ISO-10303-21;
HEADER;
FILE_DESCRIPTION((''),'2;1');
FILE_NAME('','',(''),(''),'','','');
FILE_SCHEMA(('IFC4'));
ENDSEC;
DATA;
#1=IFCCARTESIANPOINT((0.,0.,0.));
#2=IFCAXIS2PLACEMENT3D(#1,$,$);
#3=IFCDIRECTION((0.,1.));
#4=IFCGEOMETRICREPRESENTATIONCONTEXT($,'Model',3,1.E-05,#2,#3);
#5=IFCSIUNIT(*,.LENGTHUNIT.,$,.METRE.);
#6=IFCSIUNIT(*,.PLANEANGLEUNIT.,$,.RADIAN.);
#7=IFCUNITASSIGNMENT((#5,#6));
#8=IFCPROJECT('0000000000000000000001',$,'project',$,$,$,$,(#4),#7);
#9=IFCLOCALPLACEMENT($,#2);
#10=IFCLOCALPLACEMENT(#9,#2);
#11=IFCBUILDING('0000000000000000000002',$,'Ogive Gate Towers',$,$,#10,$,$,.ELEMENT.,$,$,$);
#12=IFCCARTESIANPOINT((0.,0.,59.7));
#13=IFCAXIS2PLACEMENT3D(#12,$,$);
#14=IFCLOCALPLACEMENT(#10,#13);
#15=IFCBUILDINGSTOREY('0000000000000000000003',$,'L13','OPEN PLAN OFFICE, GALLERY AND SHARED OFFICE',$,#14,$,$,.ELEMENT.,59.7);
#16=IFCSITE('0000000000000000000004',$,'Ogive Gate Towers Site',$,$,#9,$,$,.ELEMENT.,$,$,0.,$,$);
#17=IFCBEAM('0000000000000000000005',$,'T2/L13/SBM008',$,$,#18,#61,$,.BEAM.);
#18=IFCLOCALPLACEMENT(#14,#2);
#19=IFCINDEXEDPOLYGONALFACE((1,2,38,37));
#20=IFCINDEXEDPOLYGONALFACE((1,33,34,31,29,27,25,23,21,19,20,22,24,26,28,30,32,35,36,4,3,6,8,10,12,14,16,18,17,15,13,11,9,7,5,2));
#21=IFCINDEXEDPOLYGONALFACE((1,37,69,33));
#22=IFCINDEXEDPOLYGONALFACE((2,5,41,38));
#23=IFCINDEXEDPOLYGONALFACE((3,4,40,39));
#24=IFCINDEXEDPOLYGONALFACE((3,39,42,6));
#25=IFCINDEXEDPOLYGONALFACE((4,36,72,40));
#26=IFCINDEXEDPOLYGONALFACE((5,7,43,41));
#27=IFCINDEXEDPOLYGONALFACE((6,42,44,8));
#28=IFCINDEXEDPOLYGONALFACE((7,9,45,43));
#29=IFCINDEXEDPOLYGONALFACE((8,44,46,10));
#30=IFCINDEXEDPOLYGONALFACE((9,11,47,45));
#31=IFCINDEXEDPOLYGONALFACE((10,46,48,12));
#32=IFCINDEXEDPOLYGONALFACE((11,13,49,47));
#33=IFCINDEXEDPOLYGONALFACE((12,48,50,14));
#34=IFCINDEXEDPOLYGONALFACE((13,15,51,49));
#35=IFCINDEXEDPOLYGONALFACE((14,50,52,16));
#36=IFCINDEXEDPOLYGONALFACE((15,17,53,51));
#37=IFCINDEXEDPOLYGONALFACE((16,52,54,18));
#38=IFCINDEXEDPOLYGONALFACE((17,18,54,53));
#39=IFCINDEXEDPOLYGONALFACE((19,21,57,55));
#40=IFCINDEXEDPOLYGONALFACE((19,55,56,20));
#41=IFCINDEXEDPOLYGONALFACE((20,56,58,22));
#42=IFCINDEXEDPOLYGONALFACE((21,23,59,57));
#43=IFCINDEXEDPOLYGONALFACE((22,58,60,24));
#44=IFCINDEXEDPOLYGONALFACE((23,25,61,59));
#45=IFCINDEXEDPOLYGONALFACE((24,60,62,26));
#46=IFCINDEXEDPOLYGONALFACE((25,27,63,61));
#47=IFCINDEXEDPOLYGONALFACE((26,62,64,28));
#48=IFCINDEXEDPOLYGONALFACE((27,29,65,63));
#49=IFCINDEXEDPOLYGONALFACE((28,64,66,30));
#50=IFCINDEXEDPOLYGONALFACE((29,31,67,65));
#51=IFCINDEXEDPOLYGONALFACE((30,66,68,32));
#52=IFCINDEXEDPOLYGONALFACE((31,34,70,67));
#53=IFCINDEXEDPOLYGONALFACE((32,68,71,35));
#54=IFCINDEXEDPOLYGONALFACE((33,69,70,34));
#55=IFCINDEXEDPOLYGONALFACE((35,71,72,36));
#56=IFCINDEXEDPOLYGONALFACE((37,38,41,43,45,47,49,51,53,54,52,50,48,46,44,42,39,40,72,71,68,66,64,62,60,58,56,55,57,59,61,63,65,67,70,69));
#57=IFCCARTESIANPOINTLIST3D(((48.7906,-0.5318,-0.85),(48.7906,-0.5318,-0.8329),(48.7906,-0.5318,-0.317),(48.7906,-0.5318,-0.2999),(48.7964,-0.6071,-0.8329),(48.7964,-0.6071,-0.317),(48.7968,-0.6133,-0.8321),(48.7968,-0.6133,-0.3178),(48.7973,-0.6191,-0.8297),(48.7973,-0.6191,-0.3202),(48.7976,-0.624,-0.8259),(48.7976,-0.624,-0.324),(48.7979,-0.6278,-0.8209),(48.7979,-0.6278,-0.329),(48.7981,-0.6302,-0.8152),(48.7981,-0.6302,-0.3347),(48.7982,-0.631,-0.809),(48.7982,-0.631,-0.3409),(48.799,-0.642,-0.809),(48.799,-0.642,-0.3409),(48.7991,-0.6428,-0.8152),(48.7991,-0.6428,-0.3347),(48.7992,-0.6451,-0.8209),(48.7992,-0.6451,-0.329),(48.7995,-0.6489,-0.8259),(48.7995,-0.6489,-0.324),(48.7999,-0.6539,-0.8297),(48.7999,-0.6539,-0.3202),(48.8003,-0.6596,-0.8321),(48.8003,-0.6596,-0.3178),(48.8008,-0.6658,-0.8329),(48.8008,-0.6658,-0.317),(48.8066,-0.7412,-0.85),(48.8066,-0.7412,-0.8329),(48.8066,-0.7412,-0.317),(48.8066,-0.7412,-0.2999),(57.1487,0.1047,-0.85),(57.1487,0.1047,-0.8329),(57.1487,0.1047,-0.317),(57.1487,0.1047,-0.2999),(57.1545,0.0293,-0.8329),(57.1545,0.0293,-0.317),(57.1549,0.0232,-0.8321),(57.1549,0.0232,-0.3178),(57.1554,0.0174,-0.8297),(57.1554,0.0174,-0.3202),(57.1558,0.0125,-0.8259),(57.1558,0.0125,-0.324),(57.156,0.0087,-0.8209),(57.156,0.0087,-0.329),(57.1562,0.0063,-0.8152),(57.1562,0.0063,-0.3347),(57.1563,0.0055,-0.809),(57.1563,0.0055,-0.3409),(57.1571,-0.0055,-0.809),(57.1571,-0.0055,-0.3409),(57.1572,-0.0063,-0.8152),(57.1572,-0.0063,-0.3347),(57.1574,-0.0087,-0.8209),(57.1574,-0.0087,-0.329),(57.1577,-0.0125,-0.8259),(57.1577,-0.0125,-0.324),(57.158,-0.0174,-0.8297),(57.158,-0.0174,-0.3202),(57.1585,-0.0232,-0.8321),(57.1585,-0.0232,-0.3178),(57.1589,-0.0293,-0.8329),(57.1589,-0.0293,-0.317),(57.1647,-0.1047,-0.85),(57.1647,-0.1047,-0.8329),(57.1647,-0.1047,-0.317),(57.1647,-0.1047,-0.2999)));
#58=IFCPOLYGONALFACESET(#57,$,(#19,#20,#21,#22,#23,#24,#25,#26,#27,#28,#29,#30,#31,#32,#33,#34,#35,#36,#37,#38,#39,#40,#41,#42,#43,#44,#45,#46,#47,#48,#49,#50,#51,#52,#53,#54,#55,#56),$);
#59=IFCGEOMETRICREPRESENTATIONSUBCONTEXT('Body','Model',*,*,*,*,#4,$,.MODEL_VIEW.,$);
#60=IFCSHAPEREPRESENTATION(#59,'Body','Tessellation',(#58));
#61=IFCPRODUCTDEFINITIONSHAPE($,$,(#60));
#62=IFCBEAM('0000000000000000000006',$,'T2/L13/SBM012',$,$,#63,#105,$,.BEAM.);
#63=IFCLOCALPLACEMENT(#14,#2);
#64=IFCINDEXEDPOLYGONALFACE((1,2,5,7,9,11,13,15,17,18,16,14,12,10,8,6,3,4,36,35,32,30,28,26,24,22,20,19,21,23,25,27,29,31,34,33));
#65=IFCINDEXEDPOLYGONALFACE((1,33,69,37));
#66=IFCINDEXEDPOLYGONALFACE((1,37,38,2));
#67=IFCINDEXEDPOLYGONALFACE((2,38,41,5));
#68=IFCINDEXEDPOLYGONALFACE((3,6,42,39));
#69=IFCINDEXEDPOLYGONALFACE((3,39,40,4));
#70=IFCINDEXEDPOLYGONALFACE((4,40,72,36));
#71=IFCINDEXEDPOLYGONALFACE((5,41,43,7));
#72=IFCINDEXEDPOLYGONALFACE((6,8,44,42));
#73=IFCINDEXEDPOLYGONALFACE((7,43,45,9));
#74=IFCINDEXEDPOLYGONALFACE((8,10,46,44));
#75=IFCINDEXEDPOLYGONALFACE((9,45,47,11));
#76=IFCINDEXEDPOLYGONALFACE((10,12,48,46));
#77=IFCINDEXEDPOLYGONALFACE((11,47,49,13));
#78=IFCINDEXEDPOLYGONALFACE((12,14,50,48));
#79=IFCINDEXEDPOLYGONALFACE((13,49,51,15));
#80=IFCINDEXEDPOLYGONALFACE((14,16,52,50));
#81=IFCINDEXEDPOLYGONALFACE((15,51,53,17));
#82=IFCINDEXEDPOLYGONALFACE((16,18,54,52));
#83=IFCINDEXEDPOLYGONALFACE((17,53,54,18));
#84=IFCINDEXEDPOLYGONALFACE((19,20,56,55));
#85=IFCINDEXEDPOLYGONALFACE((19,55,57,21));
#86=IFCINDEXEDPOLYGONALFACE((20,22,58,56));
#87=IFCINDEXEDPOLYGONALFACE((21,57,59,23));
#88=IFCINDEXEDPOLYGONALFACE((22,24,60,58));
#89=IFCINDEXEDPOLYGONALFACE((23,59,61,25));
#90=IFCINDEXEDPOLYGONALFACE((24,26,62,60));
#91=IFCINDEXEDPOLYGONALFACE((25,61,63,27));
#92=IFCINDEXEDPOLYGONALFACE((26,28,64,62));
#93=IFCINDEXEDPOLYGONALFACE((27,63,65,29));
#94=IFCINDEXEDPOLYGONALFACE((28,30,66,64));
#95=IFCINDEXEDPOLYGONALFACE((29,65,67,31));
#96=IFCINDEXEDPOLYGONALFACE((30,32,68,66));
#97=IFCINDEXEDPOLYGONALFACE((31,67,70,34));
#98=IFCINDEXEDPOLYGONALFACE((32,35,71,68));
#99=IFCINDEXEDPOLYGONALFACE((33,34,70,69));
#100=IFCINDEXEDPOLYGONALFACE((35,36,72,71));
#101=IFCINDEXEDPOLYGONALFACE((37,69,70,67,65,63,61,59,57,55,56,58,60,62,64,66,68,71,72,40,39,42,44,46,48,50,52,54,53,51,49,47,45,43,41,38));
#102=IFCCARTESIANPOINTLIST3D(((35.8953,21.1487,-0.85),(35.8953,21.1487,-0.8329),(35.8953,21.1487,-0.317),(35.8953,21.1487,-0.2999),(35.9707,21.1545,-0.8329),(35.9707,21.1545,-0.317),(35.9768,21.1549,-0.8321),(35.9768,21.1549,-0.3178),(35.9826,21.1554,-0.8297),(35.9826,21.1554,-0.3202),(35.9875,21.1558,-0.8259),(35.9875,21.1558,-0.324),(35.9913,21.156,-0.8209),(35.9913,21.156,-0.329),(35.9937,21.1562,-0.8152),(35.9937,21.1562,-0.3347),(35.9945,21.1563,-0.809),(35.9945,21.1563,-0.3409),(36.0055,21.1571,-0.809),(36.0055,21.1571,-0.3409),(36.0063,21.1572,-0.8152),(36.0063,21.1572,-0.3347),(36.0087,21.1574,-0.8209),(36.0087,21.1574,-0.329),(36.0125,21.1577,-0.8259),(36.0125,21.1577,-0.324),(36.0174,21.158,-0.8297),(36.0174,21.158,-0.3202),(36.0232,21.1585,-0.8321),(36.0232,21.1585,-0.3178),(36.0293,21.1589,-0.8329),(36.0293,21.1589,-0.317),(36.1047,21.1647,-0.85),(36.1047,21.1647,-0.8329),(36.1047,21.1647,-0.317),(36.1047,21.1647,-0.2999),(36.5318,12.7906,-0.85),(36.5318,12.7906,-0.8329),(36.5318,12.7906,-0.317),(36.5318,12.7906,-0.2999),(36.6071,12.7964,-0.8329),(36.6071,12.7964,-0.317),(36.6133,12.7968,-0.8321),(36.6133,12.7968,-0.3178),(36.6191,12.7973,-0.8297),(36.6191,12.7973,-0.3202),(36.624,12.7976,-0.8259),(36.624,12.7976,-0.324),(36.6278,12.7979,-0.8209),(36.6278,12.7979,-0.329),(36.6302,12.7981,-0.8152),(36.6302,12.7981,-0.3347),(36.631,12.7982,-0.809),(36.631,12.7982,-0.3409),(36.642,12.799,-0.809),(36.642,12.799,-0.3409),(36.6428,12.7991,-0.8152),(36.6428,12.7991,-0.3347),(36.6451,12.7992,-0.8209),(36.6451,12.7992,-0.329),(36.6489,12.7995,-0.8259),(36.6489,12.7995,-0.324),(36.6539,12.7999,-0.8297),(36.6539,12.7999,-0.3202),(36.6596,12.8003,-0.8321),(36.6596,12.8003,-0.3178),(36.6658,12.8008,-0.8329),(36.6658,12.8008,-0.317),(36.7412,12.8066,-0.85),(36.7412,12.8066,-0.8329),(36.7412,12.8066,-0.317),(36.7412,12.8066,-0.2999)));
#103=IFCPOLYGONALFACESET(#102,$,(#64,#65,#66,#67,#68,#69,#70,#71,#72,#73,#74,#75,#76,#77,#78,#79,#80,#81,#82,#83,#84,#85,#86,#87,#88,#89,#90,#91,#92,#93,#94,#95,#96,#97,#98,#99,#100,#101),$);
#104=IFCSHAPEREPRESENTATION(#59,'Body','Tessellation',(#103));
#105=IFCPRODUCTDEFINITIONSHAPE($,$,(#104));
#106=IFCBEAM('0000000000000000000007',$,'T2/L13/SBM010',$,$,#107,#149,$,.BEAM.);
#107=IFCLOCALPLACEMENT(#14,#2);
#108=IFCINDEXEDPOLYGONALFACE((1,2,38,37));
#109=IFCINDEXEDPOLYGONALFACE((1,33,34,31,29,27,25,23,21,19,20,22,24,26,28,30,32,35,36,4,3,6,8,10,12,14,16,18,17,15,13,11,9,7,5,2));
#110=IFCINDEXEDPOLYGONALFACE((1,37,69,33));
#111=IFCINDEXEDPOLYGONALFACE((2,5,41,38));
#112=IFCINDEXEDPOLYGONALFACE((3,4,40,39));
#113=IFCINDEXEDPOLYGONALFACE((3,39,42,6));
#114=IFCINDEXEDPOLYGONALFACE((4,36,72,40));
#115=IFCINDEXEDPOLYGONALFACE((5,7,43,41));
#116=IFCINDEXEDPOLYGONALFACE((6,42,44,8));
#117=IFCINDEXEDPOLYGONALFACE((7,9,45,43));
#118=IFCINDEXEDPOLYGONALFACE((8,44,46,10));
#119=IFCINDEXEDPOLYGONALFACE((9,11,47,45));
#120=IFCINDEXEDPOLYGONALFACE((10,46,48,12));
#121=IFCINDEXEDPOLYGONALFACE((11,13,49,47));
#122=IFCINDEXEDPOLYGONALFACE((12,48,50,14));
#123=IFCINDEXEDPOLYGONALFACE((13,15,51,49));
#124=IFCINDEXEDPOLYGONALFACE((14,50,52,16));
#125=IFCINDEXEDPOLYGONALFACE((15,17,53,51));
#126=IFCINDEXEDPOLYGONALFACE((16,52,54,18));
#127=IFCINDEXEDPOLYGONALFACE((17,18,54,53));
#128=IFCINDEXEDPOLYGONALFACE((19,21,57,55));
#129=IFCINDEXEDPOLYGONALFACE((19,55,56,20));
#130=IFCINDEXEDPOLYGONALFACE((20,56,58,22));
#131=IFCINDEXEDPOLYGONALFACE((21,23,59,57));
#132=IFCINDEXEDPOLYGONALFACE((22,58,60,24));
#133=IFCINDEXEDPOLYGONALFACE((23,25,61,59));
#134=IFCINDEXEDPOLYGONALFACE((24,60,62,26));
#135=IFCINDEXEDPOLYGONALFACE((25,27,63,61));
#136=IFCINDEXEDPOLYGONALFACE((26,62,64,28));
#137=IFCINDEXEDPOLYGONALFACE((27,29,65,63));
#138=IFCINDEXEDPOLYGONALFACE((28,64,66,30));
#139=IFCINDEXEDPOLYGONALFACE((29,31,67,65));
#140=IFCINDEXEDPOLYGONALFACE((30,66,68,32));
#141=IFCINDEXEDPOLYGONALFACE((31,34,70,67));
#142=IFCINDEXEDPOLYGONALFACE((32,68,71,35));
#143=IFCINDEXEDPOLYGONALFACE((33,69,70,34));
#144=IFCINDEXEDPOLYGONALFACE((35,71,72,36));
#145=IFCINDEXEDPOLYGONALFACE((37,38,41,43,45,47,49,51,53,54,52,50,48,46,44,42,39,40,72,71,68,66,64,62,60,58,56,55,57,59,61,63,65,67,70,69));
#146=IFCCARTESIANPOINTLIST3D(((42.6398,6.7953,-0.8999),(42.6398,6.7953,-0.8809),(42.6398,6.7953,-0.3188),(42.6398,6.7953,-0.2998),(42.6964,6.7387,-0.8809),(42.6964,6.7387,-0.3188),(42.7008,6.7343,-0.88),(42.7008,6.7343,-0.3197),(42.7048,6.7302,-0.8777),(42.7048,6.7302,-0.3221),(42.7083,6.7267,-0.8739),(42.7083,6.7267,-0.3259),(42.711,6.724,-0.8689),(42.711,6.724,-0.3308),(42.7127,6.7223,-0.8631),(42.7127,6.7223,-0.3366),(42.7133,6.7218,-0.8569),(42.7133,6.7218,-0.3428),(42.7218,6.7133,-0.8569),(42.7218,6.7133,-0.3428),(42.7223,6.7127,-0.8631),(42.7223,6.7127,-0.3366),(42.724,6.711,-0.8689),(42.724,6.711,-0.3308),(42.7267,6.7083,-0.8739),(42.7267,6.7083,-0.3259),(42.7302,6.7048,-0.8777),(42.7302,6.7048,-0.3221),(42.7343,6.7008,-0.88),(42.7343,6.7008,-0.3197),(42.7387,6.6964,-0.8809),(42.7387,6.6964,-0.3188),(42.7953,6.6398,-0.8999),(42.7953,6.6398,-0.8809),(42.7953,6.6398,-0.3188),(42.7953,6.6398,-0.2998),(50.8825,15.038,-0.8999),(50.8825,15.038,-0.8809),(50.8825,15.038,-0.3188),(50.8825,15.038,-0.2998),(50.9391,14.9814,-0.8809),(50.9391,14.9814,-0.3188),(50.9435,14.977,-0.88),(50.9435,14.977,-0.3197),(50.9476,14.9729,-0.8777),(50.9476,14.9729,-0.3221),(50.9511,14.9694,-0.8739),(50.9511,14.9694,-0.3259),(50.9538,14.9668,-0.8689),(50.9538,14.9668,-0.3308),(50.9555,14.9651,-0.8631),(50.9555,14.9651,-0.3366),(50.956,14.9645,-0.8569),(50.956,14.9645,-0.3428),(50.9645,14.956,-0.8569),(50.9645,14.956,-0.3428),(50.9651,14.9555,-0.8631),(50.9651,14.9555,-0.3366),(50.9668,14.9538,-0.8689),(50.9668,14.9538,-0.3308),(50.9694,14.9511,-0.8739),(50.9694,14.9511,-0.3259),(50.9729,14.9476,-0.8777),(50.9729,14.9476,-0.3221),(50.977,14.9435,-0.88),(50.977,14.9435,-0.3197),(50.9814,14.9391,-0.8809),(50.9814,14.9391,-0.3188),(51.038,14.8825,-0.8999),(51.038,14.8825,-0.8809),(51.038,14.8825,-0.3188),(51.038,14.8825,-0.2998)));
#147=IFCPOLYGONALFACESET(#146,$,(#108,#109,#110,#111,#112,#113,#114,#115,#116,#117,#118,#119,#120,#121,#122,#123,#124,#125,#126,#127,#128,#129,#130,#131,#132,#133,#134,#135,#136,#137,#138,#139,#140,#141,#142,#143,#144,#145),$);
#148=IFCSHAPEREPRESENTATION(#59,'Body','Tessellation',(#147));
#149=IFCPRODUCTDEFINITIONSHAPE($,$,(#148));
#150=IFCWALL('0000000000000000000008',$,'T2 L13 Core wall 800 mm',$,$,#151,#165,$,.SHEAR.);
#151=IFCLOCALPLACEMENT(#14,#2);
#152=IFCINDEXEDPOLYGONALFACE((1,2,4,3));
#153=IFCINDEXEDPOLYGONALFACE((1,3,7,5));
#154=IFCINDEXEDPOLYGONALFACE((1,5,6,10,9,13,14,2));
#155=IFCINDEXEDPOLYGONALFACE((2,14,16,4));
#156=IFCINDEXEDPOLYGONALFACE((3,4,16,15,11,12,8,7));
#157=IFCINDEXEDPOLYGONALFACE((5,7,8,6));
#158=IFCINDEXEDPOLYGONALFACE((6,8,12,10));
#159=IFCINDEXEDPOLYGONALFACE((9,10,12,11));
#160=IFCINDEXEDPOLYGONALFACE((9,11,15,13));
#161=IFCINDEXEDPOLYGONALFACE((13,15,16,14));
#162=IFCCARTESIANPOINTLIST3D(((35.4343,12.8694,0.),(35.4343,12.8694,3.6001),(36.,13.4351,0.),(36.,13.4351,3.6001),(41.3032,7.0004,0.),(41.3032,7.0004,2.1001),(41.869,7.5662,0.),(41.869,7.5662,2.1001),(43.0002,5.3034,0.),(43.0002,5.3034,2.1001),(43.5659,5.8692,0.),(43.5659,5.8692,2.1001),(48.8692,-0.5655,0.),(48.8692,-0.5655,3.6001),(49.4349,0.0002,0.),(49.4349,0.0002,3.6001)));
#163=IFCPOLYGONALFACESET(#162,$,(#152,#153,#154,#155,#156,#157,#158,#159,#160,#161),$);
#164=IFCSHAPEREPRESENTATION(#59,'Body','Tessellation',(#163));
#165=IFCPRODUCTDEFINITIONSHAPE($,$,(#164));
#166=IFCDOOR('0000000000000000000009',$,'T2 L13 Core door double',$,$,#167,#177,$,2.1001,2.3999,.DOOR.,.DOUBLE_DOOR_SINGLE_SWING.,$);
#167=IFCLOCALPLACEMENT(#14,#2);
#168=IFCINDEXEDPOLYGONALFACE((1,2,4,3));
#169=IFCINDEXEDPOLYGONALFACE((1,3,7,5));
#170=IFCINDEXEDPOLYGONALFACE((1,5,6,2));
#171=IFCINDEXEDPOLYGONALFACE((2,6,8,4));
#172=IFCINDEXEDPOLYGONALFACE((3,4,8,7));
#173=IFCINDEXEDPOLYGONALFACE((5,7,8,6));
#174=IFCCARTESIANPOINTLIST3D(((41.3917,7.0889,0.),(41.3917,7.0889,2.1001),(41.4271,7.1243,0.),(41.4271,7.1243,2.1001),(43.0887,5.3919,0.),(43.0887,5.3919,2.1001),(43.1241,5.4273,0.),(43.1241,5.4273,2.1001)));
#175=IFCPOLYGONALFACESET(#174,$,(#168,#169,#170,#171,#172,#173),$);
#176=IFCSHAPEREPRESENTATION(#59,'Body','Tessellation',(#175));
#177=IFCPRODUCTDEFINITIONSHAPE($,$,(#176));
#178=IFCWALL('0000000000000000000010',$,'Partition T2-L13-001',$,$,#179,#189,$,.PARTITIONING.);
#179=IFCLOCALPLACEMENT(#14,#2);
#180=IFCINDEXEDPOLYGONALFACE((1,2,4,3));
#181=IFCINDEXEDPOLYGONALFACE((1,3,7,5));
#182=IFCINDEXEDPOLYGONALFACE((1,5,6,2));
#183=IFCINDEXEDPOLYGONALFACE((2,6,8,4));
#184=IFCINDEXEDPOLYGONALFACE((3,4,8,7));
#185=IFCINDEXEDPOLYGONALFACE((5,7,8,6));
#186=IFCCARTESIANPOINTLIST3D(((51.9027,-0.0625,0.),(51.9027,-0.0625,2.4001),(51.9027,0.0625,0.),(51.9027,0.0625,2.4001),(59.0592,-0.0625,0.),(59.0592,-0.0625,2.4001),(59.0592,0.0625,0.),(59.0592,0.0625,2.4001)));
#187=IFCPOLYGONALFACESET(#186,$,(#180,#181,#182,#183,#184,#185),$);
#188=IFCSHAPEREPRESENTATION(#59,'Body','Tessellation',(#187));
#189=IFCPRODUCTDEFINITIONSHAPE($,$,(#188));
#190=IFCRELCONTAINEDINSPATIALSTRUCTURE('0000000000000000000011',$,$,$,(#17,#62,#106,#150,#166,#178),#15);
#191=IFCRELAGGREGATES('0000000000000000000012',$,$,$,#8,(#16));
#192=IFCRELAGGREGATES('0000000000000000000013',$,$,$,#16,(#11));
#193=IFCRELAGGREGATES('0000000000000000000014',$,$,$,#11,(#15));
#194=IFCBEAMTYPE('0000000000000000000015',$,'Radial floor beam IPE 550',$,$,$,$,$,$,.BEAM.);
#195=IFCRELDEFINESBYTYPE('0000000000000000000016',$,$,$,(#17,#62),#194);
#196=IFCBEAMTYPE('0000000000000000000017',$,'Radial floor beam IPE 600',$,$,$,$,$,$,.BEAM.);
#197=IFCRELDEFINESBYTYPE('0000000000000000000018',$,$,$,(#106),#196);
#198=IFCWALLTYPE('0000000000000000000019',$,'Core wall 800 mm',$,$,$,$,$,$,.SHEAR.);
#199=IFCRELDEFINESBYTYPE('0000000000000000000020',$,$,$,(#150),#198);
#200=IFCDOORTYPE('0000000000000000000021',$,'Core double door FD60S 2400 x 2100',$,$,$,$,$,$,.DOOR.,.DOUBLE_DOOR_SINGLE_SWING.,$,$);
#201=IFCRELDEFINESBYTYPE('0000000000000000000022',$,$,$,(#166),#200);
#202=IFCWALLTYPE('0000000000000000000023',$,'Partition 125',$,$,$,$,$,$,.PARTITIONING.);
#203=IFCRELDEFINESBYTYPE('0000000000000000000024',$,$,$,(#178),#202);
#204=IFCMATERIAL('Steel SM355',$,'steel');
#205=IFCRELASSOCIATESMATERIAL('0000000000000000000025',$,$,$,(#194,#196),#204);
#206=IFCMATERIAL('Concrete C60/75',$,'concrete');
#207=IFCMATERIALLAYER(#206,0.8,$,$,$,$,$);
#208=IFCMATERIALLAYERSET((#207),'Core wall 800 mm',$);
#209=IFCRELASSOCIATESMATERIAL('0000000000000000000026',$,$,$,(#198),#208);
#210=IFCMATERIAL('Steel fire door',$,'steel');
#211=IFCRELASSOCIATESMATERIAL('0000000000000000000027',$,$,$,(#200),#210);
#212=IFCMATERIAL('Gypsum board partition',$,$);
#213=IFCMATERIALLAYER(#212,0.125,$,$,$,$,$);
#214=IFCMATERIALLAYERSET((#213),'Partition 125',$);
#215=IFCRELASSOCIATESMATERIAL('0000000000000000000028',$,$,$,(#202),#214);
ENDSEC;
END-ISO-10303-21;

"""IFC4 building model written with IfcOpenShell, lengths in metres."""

from ifc_helpers import new_model, si_unit, direction, frame, frame_2d, origin, origin_2d, place, context, subcontext, project, spatial, rectangle, i_section, extrude, material, layer, layer_set, material_profile, profile_set, type_object, element, fill, save


model = new_model("IFC4")

# Units and contexts
model_context = context("Model", 3, precision=1e-05, world=origin(), true_north=direction((0.0, 1.0)))
body_context = subcontext(model_context, "Body", "Model", "MODEL_VIEW")
ifc_project = project(units=[si_unit("LENGTHUNIT", "METRE"), si_unit("PLANEANGLEUNIT", "RADIAN")], contexts=[model_context])

# Site, building, storey
site_placement = place(None, origin())
site = spatial("IfcSite", under=ifc_project, at=site_placement, Name="Ogive Gate Towers Site", CompositionType="ELEMENT", RefElevation=0.0)
building_placement = place(site_placement, origin())
building = spatial("IfcBuilding", under=site, at=building_placement, Name="Ogive Gate Towers", CompositionType="ELEMENT")
storey_placement = place(building_placement, frame((0.0, 0.0, 59.7)))
storey = spatial("IfcBuildingStorey", under=building, at=storey_placement, Name="L13", Description="OPEN PLAN OFFICE, GALLERY AND SHARED OFFICE", CompositionType="ELEMENT", Elevation=59.7)

# Beams
ifc_material_1 = material(Name="Steel SM355", Category="steel")
ifc_material_profile_1 = material_profile(ifc_material_1, i_section(OverallWidth=0.21, OverallDepth=0.55, WebThickness=0.011, FlangeThickness=0.0171, FilletRadius=0.0239, at=origin_2d()), Name="IPE 550")
ifc_profile_set_1 = profile_set([ifc_material_profile_1], Name="Steel SM355")
beam_type_1 = type_object("IfcBeamType", Name="Radial floor beam IPE 550", PredefinedType="BEAM", material=ifc_profile_set_1)
for number, where, z_axis, x_axis, name in (
    (1, (48.7986, -0.6365, -0.575), (0.997113, 0.07593, 0.0), (-0.07593, 0.997113, 0.0), "T2/L13/SBM008"),
    (2, (36.6365, 12.7986, -0.575), (-0.07593, 0.997113, 0.0), (-0.997113, -0.07593, 0.0), "T2/L13/SBM012"),
):
    element("IfcBeam", number, at=place(storey_placement, frame(where, z_axis=z_axis, x_axis=x_axis)), inside=storey, type_object=beam_type_1, Name=name, PredefinedType="BEAM", context=body_context, shape_type="SweptSolid", body=[
        extrude(i_section(OverallWidth=0.21, OverallDepth=0.55, WebThickness=0.011, FlangeThickness=0.0171, FilletRadius=0.0239, at=origin_2d()), origin(), (0.0, 0.0, 1.0), 8.3823),
    ])
ifc_material_profile_2 = material_profile(ifc_material_1, i_section(OverallWidth=0.22, OverallDepth=0.6001, WebThickness=0.012, FlangeThickness=0.019, FilletRadius=0.0239, at=origin_2d()), Name="IPE 600")
ifc_profile_set_2 = profile_set([ifc_material_profile_2], Name="Steel SM355")
beam_type_2 = type_object("IfcBeamType", Name="Radial floor beam IPE 600", PredefinedType="BEAM", material=ifc_profile_set_2)
beam_1_placement = place(storey_placement, frame((42.7175, 6.7175, -0.5999), z_axis=(0.707107, 0.707107, 0.0), x_axis=(-0.707107, 0.707107, 0.0)))
element("IfcBeam", 3, at=beam_1_placement, inside=storey, type_object=beam_type_2, Name="T2/L13/SBM010", PredefinedType="BEAM", context=body_context, shape_type="SweptSolid", body=[
    extrude(i_section(OverallWidth=0.22, OverallDepth=0.6001, WebThickness=0.012, FlangeThickness=0.019, FilletRadius=0.0239, at=origin_2d()), origin(), (0.0, 0.0, 1.0), 11.657),
])

# Wall, opening, door
ifc_material_2 = material(Name="Concrete C60/75", Category="concrete")
ifc_layer_1 = layer(ifc_material_2, 0.8)
ifc_layer_set_1 = layer_set([ifc_layer_1], Name="Core wall 800 mm")
wall_type_1 = type_object("IfcWallType", Name="Core wall 800 mm", PredefinedType="SHEAR", material=ifc_layer_set_1)
wall_1_placement = place(storey_placement, frame((49.1521, -0.2827, 0.0), z_axis=(0.0, 0.0, 1.0), x_axis=(-0.707107, 0.707107, 0.0)))
wall_1 = element("IfcWall", 4, at=wall_1_placement, inside=storey, type_object=wall_type_1, Name="T2 L13 Core wall 800 mm", PredefinedType="SHEAR", context=body_context, shape_type="SweptSolid", body=[
    extrude(rectangle(XDim=18.9998, YDim=0.8, at=frame_2d((9.5, 0.0))), origin(), (0.0, 0.0, 1.0), 3.6001),
])
opening_1_placement = place(wall_1_placement, frame((8.3, 0.0, 0.0)))
opening_1 = element("IfcOpeningElement", 5, at=opening_1_placement, cuts=wall_1, PredefinedType="OPENING", context=body_context, shape_type="SweptSolid", body=[
    extrude(rectangle(XDim=2.3999, YDim=2.1001, at=frame_2d((1.2, 1.05))), frame((0.0, 0.4102, 0.0), z_axis=(0.0, -1.0, 0.0), x_axis=(1.0, 0.0, 0.0)), (0.0, 0.0, 1.0), 0.8201),
])
ifc_material_3 = material(Name="Steel fire door", Category="steel")
door_type_1 = type_object("IfcDoorType", Name="Core double door FD60S 2400 x 2100", OperationType="DOUBLE_DOOR_SINGLE_SWING", PredefinedType="DOOR", material=ifc_material_3)
door_1_placement = place(opening_1_placement, origin())
door_1 = element("IfcDoor", 6, at=door_1_placement, inside=storey, type_object=door_type_1, Name="T2 L13 Core door double", OperationType="DOUBLE_DOOR_SINGLE_SWING", OverallHeight=2.1001, OverallWidth=2.3999, PredefinedType="DOOR", context=body_context, shape_type="SweptSolid", body=[
    extrude(rectangle(XDim=2.3999, YDim=2.1001, at=frame_2d((1.2, 1.05))), frame((0.0, 0.2749, 0.0), z_axis=(0.0, -1.0, 0.0), x_axis=(1.0, 0.0, 0.0)), (0.0, 0.0, 1.0), 0.05),
])
fill(opening_1, door_1)

# Wall
ifc_material_4 = material(Name="Gypsum board partition")
ifc_layer_2 = layer(ifc_material_4, 0.125)
ifc_layer_set_2 = layer_set([ifc_layer_2], Name="Partition 125")
wall_type_2 = type_object("IfcWallType", Name="Partition 125", PredefinedType="PARTITIONING", material=ifc_layer_set_2)
for number, where, z_axis, x_axis, name in (
    (7, (59.0591, 0.0, 0.0), (0.0, 0.0, 1.0), (-1.0, 0.0, 0.0), "Partition T2-L13-001"),
):
    element("IfcWall", number, at=place(storey_placement, frame(where, z_axis=z_axis, x_axis=x_axis)), inside=storey, type_object=wall_type_2, Name=name, PredefinedType="PARTITIONING", context=body_context, shape_type="SweptSolid", body=[
        extrude(rectangle(XDim=7.1565, YDim=0.125, at=frame_2d((3.5781, 0.0))), origin(), (0.0, 0.0, 1.0), 2.4001),
    ])

save(model, "model.ifc")
